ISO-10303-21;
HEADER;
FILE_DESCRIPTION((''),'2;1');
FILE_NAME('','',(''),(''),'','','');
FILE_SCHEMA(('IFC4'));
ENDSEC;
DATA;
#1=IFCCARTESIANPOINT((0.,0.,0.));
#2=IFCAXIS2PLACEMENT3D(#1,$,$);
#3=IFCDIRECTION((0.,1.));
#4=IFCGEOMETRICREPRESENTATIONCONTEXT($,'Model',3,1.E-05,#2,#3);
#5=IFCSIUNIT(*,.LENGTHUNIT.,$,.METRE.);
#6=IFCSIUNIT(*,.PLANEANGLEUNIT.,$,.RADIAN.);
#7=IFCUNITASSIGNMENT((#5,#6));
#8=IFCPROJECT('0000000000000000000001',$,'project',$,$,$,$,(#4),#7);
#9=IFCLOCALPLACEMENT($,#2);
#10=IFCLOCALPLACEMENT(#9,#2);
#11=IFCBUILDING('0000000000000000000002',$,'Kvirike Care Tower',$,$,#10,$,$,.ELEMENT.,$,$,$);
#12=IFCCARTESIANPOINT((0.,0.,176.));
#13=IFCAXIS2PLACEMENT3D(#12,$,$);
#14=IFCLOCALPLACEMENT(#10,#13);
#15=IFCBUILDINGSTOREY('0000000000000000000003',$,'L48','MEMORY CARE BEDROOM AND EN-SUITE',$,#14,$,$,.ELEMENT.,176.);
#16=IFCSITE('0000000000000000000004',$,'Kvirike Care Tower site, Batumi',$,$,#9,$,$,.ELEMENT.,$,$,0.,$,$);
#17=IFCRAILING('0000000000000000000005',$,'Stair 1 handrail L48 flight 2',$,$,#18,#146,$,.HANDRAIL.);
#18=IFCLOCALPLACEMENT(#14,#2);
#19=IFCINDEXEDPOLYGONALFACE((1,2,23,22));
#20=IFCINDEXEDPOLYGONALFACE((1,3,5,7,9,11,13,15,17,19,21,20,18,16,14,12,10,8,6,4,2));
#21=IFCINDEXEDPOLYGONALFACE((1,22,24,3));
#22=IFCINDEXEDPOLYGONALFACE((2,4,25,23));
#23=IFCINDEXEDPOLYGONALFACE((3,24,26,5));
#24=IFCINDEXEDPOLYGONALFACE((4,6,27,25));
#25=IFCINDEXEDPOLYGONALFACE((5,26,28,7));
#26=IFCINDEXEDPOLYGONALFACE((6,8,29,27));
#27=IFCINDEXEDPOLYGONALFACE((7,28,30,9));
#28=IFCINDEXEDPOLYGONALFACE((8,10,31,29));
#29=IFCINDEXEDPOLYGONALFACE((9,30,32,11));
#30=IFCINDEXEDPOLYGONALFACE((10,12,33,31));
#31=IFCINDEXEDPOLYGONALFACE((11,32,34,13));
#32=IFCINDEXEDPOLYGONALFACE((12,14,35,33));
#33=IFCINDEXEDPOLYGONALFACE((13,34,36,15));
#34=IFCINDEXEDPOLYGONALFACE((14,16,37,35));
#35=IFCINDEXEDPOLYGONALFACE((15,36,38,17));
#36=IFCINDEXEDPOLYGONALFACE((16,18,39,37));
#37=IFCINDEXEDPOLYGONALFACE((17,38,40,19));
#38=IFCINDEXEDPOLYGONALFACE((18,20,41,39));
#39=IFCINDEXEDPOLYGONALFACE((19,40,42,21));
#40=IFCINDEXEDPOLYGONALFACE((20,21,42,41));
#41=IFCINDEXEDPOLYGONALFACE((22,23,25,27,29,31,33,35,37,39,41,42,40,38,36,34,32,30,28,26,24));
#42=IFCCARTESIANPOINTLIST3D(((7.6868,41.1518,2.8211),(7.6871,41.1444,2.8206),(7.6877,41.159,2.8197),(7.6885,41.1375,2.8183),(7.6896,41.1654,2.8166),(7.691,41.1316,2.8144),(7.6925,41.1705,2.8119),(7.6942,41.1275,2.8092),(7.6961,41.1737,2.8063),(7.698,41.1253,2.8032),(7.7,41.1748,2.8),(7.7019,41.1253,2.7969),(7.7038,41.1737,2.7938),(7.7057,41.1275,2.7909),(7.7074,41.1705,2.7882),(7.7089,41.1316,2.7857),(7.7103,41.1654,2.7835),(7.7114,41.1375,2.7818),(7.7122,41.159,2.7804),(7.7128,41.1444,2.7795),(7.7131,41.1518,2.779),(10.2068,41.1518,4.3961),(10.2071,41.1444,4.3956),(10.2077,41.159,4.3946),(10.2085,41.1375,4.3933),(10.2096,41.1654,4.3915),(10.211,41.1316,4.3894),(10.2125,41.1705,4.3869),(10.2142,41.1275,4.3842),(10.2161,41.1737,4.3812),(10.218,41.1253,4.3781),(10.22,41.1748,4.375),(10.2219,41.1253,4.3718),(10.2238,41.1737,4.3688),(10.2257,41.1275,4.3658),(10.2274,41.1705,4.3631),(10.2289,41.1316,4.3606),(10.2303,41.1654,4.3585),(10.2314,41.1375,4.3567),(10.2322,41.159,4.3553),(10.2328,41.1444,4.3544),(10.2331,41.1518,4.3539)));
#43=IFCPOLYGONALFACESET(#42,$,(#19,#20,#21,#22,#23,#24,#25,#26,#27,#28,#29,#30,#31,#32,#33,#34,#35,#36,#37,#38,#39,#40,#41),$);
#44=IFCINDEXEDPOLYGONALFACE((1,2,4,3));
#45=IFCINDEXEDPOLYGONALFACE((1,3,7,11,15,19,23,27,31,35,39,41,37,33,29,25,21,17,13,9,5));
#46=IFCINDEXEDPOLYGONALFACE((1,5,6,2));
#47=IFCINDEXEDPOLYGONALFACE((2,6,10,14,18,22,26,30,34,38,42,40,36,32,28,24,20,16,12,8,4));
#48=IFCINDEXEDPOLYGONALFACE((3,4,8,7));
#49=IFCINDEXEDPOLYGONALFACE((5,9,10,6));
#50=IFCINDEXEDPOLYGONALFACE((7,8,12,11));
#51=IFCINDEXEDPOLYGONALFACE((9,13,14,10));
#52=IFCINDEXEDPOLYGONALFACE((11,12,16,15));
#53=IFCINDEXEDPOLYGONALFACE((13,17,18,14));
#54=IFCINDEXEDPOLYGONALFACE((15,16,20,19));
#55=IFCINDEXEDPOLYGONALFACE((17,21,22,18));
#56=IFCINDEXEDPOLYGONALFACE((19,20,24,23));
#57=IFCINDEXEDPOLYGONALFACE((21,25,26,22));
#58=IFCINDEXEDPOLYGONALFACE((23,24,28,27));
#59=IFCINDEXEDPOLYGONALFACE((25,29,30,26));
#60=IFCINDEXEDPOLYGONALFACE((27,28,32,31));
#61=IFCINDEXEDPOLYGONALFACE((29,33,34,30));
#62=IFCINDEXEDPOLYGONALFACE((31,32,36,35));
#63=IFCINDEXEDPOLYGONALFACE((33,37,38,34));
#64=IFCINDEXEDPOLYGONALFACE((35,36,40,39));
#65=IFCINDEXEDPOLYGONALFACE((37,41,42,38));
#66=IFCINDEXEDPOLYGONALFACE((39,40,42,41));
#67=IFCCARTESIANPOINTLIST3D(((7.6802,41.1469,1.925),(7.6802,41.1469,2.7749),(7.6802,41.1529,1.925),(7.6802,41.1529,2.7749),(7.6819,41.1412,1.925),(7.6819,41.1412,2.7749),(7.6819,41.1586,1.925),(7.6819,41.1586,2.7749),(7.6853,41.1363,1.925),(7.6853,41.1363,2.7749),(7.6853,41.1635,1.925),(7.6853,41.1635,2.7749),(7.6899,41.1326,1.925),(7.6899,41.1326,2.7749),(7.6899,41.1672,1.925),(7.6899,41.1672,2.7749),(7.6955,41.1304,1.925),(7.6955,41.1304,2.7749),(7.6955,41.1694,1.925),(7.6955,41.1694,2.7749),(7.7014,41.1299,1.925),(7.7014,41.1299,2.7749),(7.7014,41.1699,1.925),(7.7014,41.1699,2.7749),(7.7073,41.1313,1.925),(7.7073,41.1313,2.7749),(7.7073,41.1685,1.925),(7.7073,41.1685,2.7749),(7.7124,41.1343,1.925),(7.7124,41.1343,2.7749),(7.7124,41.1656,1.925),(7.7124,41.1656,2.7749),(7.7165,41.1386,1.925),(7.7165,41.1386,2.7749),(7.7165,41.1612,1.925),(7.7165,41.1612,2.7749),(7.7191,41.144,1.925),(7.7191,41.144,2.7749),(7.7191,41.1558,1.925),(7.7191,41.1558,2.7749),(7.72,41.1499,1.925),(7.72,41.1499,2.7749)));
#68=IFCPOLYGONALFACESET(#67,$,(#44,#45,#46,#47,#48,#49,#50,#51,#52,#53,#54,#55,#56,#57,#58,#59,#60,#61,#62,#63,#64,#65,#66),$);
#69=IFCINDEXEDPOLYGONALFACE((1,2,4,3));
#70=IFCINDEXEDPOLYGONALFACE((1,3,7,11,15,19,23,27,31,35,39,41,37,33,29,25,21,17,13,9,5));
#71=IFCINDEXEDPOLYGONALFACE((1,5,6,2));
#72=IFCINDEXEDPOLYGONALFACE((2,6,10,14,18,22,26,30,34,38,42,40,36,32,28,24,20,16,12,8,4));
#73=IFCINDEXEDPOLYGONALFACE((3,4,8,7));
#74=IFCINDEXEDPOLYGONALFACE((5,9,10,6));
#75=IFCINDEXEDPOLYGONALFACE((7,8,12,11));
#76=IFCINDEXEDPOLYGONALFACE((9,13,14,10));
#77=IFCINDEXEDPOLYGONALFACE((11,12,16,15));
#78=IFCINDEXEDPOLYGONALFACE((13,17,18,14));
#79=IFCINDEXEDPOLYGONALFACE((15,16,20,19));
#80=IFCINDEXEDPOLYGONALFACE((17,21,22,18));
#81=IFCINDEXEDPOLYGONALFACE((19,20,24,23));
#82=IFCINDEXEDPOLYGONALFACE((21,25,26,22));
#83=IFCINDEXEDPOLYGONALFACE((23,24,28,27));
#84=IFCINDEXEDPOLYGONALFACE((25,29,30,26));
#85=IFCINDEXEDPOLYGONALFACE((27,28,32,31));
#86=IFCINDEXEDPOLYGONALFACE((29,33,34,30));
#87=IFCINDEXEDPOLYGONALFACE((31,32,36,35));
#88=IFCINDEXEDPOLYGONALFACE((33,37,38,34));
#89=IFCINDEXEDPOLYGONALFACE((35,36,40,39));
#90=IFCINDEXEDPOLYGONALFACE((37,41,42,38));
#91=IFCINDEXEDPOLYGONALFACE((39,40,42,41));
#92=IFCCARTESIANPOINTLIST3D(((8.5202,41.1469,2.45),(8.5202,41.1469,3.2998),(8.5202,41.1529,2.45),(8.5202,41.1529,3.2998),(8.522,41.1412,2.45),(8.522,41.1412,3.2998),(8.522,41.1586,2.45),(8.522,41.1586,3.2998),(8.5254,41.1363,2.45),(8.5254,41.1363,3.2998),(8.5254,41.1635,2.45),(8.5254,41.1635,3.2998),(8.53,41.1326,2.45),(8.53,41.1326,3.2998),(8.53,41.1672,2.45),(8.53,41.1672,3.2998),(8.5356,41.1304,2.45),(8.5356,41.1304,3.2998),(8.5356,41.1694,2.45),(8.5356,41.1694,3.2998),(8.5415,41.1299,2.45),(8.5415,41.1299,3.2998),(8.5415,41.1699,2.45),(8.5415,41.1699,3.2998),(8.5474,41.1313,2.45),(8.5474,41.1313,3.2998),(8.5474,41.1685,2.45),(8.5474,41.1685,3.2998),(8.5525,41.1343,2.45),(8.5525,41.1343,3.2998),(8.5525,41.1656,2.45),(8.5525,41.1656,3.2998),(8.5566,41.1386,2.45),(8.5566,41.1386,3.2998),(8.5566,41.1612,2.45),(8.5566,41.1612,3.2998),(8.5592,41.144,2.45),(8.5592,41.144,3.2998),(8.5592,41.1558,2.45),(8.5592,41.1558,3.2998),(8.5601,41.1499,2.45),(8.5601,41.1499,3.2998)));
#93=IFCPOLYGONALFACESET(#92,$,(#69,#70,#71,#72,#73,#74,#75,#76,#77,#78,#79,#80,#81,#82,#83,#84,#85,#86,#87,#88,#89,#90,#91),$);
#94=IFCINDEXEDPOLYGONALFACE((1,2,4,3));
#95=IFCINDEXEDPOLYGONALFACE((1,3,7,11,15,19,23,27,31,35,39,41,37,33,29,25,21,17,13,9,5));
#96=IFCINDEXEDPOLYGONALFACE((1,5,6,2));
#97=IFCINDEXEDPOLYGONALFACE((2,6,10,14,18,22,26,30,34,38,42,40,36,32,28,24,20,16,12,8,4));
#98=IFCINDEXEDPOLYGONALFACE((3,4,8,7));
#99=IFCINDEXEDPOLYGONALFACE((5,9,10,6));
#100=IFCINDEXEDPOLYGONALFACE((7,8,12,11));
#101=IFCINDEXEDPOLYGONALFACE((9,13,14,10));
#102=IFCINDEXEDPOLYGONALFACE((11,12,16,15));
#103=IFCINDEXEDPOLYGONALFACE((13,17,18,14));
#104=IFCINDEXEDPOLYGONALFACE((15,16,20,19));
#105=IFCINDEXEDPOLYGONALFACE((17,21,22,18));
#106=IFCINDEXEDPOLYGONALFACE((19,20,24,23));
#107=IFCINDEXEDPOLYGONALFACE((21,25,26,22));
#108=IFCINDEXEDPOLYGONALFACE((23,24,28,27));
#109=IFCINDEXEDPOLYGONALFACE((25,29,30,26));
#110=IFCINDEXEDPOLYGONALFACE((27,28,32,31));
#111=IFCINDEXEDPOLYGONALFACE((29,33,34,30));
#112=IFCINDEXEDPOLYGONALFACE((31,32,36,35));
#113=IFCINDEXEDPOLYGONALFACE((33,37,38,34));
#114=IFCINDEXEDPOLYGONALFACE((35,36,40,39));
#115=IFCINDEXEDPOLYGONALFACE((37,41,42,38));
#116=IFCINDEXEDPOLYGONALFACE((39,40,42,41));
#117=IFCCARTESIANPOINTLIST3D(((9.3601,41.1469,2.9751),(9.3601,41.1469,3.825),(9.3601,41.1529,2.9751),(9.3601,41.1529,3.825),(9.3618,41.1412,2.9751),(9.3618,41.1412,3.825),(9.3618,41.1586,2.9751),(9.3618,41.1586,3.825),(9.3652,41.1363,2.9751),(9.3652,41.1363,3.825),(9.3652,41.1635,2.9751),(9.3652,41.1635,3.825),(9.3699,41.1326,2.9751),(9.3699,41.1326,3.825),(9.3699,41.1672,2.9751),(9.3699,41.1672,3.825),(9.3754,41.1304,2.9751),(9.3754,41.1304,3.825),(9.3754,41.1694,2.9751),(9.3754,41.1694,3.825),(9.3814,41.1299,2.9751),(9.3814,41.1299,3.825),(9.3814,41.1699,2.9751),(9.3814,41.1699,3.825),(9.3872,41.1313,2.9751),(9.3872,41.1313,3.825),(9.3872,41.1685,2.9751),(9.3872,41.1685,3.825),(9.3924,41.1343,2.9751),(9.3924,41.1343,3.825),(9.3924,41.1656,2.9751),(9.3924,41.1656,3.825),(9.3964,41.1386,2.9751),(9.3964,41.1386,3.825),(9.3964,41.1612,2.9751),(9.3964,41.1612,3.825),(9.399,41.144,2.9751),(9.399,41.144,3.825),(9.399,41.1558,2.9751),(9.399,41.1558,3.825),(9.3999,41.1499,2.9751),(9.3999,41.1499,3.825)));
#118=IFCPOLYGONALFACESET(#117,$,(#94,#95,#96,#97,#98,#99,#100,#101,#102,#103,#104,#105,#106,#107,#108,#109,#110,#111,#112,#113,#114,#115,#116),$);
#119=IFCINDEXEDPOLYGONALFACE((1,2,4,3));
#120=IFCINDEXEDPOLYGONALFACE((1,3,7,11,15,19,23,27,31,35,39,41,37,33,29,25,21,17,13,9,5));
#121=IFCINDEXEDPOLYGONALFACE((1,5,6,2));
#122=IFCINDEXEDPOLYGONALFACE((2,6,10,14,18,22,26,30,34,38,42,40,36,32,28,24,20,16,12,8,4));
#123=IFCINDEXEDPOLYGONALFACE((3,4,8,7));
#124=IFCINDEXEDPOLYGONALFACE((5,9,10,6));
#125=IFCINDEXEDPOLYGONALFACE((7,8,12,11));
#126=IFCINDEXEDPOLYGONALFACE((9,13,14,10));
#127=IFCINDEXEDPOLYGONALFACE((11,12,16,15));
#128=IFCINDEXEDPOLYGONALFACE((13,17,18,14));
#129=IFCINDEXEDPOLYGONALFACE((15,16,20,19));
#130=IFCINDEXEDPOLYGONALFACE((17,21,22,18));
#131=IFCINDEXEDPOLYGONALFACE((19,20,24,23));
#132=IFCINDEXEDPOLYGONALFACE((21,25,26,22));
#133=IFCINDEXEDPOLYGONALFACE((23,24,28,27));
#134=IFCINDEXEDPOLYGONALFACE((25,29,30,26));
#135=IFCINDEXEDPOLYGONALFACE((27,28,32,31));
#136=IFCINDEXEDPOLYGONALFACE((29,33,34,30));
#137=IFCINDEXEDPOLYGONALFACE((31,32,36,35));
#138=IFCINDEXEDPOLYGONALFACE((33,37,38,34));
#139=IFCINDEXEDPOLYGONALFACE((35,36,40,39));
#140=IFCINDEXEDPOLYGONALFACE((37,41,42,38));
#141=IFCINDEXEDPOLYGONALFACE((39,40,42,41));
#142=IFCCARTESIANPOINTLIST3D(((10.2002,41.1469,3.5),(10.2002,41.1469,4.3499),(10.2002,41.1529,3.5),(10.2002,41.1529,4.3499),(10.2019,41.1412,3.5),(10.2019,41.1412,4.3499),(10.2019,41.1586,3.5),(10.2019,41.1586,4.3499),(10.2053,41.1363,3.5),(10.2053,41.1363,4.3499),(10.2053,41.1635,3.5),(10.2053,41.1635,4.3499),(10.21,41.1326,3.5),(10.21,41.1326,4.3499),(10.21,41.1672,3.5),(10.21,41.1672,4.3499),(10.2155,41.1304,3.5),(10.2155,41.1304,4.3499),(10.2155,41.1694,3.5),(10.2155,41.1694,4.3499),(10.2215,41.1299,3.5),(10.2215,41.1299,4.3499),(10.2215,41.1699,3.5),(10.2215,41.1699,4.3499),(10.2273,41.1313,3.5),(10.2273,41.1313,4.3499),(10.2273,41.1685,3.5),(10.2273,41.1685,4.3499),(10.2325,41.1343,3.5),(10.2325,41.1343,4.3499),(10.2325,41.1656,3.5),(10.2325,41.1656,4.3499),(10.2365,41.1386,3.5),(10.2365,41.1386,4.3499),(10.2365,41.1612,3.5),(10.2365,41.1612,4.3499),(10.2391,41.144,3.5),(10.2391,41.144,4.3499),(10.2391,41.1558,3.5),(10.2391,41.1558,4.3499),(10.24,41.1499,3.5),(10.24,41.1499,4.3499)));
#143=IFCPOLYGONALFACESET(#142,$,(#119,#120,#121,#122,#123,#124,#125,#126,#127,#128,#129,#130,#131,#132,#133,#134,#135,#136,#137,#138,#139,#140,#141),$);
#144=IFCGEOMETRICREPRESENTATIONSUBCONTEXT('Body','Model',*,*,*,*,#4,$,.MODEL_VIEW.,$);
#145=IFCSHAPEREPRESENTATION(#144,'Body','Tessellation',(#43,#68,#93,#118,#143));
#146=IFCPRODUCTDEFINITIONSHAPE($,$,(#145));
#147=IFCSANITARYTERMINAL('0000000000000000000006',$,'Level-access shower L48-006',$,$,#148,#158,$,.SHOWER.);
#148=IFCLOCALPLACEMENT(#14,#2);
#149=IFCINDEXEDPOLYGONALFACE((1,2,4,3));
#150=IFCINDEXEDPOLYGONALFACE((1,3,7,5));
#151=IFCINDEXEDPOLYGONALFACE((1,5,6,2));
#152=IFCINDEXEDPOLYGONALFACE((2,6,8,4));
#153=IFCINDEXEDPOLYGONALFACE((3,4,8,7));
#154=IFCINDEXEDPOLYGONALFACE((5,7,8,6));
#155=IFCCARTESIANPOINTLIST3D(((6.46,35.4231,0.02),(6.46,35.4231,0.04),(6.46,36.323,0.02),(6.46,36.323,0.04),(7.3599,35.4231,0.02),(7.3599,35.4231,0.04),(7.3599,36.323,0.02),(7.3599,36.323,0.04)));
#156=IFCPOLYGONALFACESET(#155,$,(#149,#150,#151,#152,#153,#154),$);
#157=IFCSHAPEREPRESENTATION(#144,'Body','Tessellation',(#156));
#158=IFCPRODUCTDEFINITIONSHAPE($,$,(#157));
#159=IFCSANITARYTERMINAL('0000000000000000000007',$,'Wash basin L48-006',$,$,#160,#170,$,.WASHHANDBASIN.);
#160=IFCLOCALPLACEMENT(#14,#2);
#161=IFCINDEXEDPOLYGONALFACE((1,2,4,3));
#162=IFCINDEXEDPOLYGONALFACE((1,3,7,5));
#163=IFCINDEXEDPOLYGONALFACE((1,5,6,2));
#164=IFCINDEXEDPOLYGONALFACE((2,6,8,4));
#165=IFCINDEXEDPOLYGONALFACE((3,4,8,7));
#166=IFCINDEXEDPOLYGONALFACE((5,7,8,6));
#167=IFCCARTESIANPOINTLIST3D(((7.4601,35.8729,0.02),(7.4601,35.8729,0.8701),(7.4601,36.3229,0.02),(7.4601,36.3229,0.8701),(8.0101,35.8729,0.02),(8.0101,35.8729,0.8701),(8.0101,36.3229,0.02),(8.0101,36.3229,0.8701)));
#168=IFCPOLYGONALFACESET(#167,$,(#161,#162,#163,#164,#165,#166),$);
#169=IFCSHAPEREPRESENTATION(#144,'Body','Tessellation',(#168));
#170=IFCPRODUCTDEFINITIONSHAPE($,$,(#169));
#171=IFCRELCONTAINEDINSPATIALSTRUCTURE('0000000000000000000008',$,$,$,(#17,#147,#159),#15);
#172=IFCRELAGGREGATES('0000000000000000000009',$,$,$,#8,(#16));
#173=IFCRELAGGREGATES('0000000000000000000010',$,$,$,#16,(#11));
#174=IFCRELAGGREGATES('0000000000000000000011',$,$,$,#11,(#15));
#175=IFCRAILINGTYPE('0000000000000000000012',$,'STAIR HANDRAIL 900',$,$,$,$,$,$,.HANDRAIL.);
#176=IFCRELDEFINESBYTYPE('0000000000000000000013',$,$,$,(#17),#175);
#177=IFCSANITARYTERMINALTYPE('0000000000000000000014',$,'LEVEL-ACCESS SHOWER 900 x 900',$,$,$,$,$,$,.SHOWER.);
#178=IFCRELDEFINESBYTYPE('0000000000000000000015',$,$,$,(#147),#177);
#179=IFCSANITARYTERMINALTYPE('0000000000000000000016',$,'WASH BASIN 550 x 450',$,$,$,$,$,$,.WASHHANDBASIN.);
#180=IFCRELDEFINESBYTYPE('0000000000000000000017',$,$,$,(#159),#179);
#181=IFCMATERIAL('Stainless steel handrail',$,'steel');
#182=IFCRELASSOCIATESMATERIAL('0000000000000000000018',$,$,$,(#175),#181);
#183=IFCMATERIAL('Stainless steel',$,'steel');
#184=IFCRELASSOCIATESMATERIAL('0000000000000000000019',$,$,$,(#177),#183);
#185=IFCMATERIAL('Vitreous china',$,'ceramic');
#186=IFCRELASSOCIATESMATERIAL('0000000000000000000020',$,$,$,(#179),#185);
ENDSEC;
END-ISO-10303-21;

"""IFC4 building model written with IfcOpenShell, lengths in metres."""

from ifc_helpers import new_model, si_unit, direction, frame, origin, origin_2d, place, context, subcontext, project, spatial, rectangle, circle, extrude, material, type_object, element, save


model = new_model("IFC4")

# Units and contexts
model_context = context("Model", 3, precision=1e-05, world=origin(), true_north=direction((0.0, 1.0)))
body_context = subcontext(model_context, "Body", "Model", "MODEL_VIEW")
ifc_project = project(units=[si_unit("LENGTHUNIT", "METRE"), si_unit("PLANEANGLEUNIT", "RADIAN")], contexts=[model_context])

# Site, building, storey
site_placement = place(None, origin())
site = spatial("IfcSite", under=ifc_project, at=site_placement, Name="Kvirike Care Tower site, Batumi", CompositionType="ELEMENT", RefElevation=0.0)
building_placement = place(site_placement, origin())
building = spatial("IfcBuilding", under=site, at=building_placement, Name="Kvirike Care Tower", CompositionType="ELEMENT")
storey_placement = place(building_placement, frame((0.0, 0.0, 176.0)))
storey = spatial("IfcBuildingStorey", under=building, at=storey_placement, Name="L48", Description="MEMORY CARE BEDROOM AND EN-SUITE", CompositionType="ELEMENT", Elevation=176.0)

# Railing
ifc_material_1 = material(Name="Stainless steel handrail", Category="steel")
railing_type = type_object("IfcRailingType", Name="STAIR HANDRAIL 900", PredefinedType="HANDRAIL", material=ifc_material_1)
railing_placement = place(storey_placement, frame((7.7, 41.1499, 1.925)))
element("IfcRailing", 1, at=railing_placement, inside=storey, type_object=railing_type, Name="Stair 1 handrail L48 flight 2", PredefinedType="HANDRAIL", context=body_context, shape_type="SweptSolid", body=[
    extrude(circle(Radius=0.0249, at=origin_2d()), frame((0.0, 0.0, 0.875), z_axis=(0.848008, 0.0, 0.529984), x_axis=(0.0, 1.0, 0.0)), (0.0, 0.0, 1.0), 2.9717),
    extrude(circle(Radius=0.02, at=origin_2d()), origin(), (0.0, 0.0, 1.0), 0.8499),
    extrude(circle(Radius=0.02, at=origin_2d()), frame((0.8401, 0.0, 0.5249)), (0.0, 0.0, 1.0), 0.8499),
    extrude(circle(Radius=0.02, at=origin_2d()), frame((1.6799, 0.0, 1.05)), (0.0, 0.0, 1.0), 0.8499),
    extrude(circle(Radius=0.02, at=origin_2d()), frame((2.52, 0.0, 1.575)), (0.0, 0.0, 1.0), 0.8499),
])

# Sanitary terminals
ifc_material_2 = material(Name="Stainless steel", Category="steel")
sanitary_terminal_type_1 = type_object("IfcSanitaryTerminalType", Name="LEVEL-ACCESS SHOWER 900 x 900", PredefinedType="SHOWER", material=ifc_material_2)
sanitary_terminal_1_placement = place(storey_placement, frame((6.9099, 35.873, 0.02), z_axis=(0.0, 0.0, 1.0), x_axis=(1.0, 0.0, 0.0)))
element("IfcSanitaryTerminal", 2, at=sanitary_terminal_1_placement, inside=storey, type_object=sanitary_terminal_type_1, Name="Level-access shower L48-006", PredefinedType="SHOWER", context=body_context, shape_type="SweptSolid", body=[
    extrude(rectangle(XDim=0.8999, YDim=0.8999, at=origin_2d()), origin(), (0.0, 0.0, 1.0), 0.02),
])
ifc_material_3 = material(Name="Vitreous china", Category="ceramic")
sanitary_terminal_type_2 = type_object("IfcSanitaryTerminalType", Name="WASH BASIN 550 x 450", PredefinedType="WASHHANDBASIN", material=ifc_material_3)
sanitary_terminal_2_placement = place(storey_placement, frame((7.7351, 36.0979, 0.02), z_axis=(0.0, 0.0, 1.0), x_axis=(1.0, 0.0, 0.0)))
element("IfcSanitaryTerminal", 3, at=sanitary_terminal_2_placement, inside=storey, type_object=sanitary_terminal_type_2, Name="Wash basin L48-006", PredefinedType="WASHHANDBASIN", context=body_context, shape_type="SweptSolid", body=[
    extrude(rectangle(XDim=0.55, YDim=0.45, at=origin_2d()), origin(), (0.0, 0.0, 1.0), 0.8501),
])

save(model, "model.ifc")
